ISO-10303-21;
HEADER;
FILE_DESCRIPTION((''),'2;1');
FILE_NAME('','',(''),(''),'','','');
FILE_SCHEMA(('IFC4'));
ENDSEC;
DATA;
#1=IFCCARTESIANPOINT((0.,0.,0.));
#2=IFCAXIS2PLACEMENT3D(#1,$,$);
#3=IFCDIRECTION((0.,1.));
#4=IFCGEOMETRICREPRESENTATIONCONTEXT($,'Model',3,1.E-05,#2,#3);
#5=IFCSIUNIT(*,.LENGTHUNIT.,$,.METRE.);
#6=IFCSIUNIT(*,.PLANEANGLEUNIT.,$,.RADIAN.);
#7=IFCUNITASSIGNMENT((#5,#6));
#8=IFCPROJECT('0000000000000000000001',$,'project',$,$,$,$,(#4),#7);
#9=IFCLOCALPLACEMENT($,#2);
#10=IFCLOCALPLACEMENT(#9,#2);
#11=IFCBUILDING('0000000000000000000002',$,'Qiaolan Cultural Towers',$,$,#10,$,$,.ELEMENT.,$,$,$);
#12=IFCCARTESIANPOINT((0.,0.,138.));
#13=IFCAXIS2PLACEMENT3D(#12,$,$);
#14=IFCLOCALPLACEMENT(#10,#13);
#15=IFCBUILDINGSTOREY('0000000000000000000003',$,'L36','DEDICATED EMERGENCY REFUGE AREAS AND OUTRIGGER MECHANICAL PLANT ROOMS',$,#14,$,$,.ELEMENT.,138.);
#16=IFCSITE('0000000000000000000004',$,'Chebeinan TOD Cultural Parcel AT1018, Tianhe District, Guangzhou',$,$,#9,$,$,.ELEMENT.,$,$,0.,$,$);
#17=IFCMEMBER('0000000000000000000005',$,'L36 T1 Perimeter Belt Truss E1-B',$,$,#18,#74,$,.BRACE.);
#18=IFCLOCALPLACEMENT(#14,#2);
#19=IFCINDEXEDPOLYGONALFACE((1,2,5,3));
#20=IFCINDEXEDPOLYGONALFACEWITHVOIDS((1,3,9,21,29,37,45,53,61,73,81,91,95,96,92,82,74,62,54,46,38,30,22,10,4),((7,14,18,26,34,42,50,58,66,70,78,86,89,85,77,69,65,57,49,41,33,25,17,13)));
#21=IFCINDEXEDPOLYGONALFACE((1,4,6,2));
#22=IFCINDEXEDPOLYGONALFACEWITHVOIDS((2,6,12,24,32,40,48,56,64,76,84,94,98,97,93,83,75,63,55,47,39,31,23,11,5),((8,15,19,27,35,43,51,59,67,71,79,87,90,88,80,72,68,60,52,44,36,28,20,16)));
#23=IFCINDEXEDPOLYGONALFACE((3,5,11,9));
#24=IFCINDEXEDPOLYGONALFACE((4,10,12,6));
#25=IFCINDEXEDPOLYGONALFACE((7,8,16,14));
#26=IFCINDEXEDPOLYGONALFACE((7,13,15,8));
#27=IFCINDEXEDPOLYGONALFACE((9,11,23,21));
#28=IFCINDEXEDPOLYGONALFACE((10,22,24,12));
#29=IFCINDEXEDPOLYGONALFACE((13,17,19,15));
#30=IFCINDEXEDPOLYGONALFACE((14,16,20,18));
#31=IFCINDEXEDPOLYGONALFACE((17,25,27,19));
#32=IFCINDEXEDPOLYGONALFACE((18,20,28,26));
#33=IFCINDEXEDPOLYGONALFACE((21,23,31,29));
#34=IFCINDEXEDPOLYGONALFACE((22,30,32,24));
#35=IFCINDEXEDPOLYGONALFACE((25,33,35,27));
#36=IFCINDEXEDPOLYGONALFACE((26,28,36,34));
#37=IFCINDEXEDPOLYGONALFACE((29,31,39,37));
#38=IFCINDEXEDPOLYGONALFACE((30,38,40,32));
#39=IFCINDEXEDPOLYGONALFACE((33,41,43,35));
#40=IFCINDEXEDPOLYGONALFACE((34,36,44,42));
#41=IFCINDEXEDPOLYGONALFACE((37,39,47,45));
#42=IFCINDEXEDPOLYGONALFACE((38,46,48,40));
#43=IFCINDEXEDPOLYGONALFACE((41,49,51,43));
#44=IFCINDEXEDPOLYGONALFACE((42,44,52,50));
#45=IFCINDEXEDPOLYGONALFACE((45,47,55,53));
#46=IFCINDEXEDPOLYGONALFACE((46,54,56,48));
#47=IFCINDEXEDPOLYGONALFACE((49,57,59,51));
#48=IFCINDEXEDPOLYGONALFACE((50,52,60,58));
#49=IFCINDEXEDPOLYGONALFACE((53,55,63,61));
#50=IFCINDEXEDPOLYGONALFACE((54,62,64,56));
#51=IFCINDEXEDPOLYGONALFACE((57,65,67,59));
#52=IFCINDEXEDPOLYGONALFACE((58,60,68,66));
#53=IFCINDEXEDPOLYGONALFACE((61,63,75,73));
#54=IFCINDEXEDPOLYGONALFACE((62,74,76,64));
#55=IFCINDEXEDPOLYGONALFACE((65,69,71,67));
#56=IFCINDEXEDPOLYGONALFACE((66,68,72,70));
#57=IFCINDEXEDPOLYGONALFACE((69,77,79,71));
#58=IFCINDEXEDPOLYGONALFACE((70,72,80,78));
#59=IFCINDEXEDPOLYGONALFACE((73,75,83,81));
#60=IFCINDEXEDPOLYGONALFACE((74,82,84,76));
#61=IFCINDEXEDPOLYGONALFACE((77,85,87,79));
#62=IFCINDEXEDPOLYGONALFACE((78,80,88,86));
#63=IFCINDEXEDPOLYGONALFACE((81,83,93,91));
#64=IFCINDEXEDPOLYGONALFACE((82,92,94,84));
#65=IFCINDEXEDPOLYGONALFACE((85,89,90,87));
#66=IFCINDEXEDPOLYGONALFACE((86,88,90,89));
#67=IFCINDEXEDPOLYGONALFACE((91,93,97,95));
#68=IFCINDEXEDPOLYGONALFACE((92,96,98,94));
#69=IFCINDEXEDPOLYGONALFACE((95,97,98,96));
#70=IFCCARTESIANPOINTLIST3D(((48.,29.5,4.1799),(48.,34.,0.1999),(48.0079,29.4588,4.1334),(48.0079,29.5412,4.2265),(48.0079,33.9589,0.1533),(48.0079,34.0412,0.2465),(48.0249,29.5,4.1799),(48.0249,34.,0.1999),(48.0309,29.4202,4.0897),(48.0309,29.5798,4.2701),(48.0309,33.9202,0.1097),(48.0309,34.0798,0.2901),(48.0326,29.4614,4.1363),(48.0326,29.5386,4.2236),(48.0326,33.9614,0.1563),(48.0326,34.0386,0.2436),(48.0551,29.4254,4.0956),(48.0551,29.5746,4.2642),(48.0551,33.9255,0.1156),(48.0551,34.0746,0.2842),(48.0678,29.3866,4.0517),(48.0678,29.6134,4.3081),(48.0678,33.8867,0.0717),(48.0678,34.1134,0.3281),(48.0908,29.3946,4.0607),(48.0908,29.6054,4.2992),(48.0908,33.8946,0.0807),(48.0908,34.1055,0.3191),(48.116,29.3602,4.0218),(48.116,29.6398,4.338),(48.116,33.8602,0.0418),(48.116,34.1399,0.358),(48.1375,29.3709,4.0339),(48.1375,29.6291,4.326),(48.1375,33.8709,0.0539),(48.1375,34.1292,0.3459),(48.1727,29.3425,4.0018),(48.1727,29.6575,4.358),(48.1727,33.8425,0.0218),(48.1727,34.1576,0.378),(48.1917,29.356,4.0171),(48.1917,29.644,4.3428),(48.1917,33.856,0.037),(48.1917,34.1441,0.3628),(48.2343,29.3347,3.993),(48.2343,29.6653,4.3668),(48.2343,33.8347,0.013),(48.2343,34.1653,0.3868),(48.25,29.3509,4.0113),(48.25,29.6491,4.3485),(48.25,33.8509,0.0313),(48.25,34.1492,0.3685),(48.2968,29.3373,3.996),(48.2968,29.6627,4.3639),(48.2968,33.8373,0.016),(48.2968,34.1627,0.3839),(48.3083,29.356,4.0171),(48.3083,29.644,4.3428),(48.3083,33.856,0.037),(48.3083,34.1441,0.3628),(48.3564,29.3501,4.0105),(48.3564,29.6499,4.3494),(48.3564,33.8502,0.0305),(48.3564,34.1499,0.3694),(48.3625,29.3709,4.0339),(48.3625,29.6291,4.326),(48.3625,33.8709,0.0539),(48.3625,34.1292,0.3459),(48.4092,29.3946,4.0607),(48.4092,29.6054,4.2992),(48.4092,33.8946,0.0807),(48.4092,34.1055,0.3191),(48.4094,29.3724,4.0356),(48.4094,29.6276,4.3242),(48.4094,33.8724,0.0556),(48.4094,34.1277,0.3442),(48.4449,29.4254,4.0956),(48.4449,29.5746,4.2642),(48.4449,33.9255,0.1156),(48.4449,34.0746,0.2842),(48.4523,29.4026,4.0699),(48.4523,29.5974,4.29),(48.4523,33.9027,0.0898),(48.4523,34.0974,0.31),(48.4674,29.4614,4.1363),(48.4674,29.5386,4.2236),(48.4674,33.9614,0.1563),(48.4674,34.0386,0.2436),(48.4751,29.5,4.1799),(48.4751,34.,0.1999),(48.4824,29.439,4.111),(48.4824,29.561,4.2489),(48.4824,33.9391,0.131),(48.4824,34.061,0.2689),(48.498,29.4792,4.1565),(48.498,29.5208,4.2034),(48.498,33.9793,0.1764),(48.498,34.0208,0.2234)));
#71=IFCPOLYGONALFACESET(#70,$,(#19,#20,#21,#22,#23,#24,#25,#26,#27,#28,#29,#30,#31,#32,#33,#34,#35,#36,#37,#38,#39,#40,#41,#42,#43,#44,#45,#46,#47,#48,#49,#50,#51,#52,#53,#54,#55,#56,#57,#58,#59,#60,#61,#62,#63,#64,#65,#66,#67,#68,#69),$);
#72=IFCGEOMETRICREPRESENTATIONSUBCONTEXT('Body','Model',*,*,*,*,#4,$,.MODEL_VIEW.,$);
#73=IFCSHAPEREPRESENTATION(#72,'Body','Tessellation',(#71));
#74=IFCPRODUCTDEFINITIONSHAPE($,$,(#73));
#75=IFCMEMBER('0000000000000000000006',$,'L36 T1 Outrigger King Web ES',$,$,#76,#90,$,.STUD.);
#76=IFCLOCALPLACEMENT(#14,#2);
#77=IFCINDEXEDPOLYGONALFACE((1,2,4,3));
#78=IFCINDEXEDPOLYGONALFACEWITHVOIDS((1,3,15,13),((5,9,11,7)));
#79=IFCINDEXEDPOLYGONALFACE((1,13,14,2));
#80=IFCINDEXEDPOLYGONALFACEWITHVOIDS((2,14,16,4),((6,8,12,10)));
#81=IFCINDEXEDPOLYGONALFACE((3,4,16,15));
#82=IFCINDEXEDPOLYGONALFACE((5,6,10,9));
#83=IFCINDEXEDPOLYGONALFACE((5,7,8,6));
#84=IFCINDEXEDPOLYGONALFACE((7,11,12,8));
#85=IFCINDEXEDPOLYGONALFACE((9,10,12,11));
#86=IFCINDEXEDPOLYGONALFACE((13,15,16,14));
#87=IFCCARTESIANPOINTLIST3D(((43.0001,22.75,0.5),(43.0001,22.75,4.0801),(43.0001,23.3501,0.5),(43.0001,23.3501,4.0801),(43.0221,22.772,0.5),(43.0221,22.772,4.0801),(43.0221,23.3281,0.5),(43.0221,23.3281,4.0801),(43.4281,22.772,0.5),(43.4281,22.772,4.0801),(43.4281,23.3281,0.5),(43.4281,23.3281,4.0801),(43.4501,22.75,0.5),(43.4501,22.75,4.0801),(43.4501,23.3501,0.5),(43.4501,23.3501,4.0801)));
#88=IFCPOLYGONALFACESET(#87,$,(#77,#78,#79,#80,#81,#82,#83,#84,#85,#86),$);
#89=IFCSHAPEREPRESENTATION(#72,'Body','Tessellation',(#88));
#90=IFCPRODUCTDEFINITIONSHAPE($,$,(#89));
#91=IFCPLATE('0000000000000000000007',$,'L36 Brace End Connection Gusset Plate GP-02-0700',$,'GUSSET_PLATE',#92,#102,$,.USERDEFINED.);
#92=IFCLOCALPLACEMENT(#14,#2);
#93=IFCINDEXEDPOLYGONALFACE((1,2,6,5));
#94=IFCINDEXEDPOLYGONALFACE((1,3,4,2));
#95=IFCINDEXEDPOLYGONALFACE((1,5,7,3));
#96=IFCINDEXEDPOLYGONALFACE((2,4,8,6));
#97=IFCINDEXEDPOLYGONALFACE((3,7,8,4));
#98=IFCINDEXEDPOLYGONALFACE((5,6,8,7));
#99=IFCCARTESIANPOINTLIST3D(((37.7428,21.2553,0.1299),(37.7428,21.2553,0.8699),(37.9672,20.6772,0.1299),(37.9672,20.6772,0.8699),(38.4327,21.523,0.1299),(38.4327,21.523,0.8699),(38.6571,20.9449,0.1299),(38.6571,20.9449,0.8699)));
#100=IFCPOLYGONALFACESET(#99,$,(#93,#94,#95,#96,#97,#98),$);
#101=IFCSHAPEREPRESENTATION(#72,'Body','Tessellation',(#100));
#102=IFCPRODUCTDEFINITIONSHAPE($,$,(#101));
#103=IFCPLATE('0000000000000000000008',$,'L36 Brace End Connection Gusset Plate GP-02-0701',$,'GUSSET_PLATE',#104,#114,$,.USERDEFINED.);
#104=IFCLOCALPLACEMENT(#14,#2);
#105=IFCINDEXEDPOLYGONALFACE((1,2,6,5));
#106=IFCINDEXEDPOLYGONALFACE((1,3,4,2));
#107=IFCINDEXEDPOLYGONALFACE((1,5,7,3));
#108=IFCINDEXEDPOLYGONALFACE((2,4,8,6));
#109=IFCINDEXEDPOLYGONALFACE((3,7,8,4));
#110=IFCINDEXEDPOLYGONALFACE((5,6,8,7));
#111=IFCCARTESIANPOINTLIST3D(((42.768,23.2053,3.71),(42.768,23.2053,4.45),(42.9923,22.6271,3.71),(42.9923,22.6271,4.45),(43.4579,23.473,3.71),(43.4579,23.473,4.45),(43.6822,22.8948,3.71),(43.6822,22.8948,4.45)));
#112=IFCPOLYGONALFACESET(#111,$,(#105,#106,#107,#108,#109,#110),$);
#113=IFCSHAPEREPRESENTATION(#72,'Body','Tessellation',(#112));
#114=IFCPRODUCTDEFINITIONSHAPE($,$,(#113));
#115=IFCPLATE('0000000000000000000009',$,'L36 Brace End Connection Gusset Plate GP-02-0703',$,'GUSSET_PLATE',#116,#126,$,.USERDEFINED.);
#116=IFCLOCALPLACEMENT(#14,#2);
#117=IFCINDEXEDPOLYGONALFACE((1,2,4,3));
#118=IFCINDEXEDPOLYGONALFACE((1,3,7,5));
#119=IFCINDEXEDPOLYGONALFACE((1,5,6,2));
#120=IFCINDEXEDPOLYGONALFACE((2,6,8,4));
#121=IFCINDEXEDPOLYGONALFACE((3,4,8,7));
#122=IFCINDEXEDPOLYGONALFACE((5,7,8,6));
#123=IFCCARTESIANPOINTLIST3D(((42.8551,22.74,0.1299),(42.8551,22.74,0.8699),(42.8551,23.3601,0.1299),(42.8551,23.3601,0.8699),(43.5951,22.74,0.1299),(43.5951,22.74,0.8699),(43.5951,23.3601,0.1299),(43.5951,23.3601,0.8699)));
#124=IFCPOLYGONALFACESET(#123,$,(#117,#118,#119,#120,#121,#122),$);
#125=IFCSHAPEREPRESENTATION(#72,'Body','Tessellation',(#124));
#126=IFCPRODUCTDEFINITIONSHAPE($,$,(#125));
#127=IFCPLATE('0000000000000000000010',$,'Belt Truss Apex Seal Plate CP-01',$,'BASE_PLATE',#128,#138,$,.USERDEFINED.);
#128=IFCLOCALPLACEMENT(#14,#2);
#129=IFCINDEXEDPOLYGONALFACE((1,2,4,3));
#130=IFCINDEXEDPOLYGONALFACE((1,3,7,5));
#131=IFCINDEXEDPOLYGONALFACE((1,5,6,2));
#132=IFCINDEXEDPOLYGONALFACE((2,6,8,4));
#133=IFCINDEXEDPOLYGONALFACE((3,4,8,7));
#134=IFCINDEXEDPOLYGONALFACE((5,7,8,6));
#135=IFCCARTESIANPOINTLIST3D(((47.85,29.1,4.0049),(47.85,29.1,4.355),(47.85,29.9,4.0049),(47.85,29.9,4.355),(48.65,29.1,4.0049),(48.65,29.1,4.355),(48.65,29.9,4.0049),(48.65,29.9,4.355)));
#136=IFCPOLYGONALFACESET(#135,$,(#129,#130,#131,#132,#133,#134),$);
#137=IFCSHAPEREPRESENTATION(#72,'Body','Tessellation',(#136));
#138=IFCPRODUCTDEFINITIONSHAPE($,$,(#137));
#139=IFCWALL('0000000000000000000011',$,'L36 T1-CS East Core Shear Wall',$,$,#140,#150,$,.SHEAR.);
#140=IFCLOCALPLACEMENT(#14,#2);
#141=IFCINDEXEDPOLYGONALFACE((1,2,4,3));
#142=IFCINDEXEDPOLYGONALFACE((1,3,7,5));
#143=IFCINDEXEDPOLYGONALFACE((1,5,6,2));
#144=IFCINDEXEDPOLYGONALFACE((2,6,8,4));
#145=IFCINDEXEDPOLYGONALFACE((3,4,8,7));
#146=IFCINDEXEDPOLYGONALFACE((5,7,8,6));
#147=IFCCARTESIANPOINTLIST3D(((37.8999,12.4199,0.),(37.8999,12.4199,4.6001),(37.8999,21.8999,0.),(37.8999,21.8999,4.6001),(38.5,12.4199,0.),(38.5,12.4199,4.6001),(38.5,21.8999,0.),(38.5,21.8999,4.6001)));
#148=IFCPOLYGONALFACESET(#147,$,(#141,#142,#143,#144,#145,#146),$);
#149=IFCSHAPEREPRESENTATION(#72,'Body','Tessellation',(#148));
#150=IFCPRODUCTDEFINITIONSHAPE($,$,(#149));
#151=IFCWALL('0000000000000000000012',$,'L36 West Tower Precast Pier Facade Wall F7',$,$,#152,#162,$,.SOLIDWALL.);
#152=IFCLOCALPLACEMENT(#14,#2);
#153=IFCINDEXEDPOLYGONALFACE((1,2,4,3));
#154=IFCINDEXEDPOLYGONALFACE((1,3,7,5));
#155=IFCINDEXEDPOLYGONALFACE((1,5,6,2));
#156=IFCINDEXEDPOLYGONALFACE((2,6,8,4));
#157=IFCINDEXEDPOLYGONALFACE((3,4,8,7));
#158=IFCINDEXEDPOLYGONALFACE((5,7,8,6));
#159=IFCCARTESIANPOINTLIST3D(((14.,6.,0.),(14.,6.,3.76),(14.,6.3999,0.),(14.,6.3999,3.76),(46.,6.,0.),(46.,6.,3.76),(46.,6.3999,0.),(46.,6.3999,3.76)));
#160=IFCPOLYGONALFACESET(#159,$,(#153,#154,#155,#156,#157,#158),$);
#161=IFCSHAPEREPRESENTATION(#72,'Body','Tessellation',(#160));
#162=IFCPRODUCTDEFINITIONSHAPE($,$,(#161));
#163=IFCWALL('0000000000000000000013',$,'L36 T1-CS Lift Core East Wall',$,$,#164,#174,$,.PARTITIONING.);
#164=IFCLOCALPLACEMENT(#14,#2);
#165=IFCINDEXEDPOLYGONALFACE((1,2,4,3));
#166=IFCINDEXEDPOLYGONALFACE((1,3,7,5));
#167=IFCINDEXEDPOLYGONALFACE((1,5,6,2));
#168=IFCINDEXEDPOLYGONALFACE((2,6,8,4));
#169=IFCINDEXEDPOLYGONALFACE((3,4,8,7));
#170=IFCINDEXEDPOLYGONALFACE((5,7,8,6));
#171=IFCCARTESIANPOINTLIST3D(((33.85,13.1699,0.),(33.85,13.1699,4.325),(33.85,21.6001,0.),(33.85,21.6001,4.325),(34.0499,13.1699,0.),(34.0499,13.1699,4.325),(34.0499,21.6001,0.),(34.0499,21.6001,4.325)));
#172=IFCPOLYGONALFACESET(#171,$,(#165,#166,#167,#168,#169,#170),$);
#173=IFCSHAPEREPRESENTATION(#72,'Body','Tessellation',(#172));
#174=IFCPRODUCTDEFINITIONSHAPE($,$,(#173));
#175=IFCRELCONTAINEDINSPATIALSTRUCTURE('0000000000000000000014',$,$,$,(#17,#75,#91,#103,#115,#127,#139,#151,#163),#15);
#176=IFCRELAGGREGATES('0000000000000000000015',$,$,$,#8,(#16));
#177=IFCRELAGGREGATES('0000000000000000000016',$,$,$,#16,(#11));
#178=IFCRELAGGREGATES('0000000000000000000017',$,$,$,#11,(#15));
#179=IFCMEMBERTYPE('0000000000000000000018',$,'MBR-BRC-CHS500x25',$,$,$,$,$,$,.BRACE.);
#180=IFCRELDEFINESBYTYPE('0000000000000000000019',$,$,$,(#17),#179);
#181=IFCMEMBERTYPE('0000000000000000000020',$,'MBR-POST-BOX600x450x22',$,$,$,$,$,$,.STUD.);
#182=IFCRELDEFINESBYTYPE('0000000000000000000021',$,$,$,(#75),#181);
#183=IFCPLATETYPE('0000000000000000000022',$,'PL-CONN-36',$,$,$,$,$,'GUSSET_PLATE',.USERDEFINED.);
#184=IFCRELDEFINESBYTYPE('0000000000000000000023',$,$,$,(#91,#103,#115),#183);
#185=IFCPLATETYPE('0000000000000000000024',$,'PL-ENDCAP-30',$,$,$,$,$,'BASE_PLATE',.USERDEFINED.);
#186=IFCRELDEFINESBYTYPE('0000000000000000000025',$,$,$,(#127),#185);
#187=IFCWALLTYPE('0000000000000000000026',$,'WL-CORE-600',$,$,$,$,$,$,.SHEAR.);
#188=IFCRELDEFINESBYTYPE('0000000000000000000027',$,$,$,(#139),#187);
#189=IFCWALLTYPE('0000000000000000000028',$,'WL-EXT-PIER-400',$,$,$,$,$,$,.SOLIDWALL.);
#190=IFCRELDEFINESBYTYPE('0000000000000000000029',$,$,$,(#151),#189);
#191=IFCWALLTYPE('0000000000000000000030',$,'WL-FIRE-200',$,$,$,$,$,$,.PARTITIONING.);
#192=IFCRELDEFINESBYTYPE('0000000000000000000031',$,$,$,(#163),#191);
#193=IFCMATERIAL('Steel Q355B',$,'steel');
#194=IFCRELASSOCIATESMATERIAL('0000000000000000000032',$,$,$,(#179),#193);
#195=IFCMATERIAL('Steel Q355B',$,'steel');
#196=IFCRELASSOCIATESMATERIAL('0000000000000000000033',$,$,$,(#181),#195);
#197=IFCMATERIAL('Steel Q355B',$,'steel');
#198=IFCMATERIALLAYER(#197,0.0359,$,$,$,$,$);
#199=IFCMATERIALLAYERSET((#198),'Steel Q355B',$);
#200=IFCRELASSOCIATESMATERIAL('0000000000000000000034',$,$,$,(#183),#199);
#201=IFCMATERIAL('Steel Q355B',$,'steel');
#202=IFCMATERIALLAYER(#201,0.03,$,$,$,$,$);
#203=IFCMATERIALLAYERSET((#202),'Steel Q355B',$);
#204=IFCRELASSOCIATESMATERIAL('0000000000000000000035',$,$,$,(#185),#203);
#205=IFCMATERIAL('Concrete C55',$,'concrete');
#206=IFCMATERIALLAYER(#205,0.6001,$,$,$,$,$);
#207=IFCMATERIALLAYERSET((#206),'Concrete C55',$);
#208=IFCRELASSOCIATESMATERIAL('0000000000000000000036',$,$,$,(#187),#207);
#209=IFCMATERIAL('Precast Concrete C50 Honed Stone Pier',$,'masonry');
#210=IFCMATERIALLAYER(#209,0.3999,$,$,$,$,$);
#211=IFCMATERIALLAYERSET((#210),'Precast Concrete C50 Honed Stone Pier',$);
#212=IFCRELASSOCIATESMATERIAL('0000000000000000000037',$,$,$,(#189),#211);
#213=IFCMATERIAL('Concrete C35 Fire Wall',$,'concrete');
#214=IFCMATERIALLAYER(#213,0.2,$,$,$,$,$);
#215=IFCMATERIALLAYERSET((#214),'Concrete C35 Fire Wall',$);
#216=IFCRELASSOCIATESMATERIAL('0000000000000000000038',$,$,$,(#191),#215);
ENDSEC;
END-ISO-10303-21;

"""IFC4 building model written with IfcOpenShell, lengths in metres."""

from ifc_helpers import new_model, si_unit, direction, frame, frame_2d, origin, origin_2d, place, context, subcontext, project, spatial, rectangle, hollow_rectangle, hollow_circle, extrude, material, layer, layer_set, material_profile, profile_set, type_object, element, save


model = new_model("IFC4")

# Units and contexts
model_context = context("Model", 3, precision=1e-05, world=origin(), true_north=direction((0.0, 1.0)))
body_context = subcontext(model_context, "Body", "Model", "MODEL_VIEW")
ifc_project = project(units=[si_unit("LENGTHUNIT", "METRE"), si_unit("PLANEANGLEUNIT", "RADIAN")], contexts=[model_context])

# Site, building, storey
site_placement = place(None, origin())
site = spatial("IfcSite", under=ifc_project, at=site_placement, Name="Chebeinan TOD Cultural Parcel AT1018, Tianhe District, Guangzhou", CompositionType="ELEMENT", RefElevation=0.0)
building_placement = place(site_placement, origin())
building = spatial("IfcBuilding", under=site, at=building_placement, Name="Qiaolan Cultural Towers", CompositionType="ELEMENT")
storey_placement = place(building_placement, frame((0.0, 0.0, 138.0)))
storey = spatial("IfcBuildingStorey", under=building, at=storey_placement, Name="L36", Description="DEDICATED EMERGENCY REFUGE AREAS AND OUTRIGGER MECHANICAL PLANT ROOMS", CompositionType="ELEMENT", Elevation=138.0)

# Members
ifc_material_1 = material(Name="Steel Q355B", Category="steel")
ifc_material_profile_1 = material_profile(ifc_material_1, hollow_circle(Radius=0.25, WallThickness=0.0249, at=origin_2d()), Name="CHS500x25")
ifc_profile_set_1 = profile_set([ifc_material_profile_1], Name="Steel Q355B")
member_type_1 = type_object("IfcMemberType", Name="MBR-BRC-CHS500x25", PredefinedType="BRACE", material=ifc_profile_set_1)
for number, where, z_axis, x_axis, name in (
    (1, (48.25, 29.5, 4.1799), (0.0, 0.749062, -0.6625), (-1.0, 0.0, 0.0), "L36 T1 Perimeter Belt Truss E1-B"),
):
    element("IfcMember", number, at=place(storey_placement, frame(where, z_axis=z_axis, x_axis=x_axis)), inside=storey, type_object=member_type_1, Name=name, PredefinedType="BRACE", context=body_context, shape_type="SweptSolid", body=[
        extrude(hollow_circle(Radius=0.25, WallThickness=0.0249, at=origin_2d()), origin(), (0.0, 0.0, 1.0), 6.0076),
    ])
ifc_material_2 = material(Name="Steel Q355B", Category="steel")
ifc_material_profile_2 = material_profile(ifc_material_2, hollow_rectangle(XDim=0.45, YDim=0.6001, WallThickness=0.022, at=origin_2d()), Name="BOX600x450x22")
ifc_profile_set_2 = profile_set([ifc_material_profile_2], Name="Steel Q355B")
member_type_2 = type_object("IfcMemberType", Name="MBR-POST-BOX600x450x22", PredefinedType="STUD", material=ifc_profile_set_2)
member_placement = place(storey_placement, frame((43.2251, 23.05, 0.5), z_axis=(0.0, 0.0, 1.0), x_axis=(1.0, 0.0, 0.0)))
element("IfcMember", 2, at=member_placement, inside=storey, type_object=member_type_2, Name="L36 T1 Outrigger King Web ES", PredefinedType="STUD", context=body_context, shape_type="SweptSolid", body=[
    extrude(hollow_rectangle(XDim=0.45, YDim=0.6001, WallThickness=0.022, at=origin_2d()), origin(), (0.0, 0.0, 1.0), 3.5801),
])

# Plates
ifc_material_3 = material(Name="Steel Q355B", Category="steel")
ifc_layer_1 = layer(ifc_material_3, 0.0359)
ifc_layer_set_1 = layer_set([ifc_layer_1], Name="Steel Q355B")
plate_type_1 = type_object("IfcPlateType", Name="PL-CONN-36", ElementType="GUSSET_PLATE", PredefinedType="USERDEFINED", material=ifc_layer_set_1)
for number, where, z_axis, x_axis, name in (
    (3, (38.2, 21.1001, 0.1299), (0.0, 0.0, 1.0), (0.932266, 0.361775, 0.0), "L36 Brace End Connection Gusset Plate GP-02-0700"),
    (4, (43.2251, 23.05, 3.71), (0.0, 0.0, 1.0), (0.932266, 0.361775, 0.0), "L36 Brace End Connection Gusset Plate GP-02-0701"),
    (5, (43.2251, 23.05, 0.1299), (0.0, 0.0, 1.0), (1.0, 0.0, 0.0), "L36 Brace End Connection Gusset Plate GP-02-0703"),
):
    element("IfcPlate", number, at=place(storey_placement, frame(where, z_axis=z_axis, x_axis=x_axis)), inside=storey, type_object=plate_type_1, Name=name, ObjectType="GUSSET_PLATE", PredefinedType="USERDEFINED", context=body_context, shape_type="SweptSolid", body=[
        extrude(rectangle(XDim=0.74, YDim=0.6201, at=origin_2d()), origin(), (0.0, 0.0, 1.0), 0.74),
    ])
ifc_material_4 = material(Name="Steel Q355B", Category="steel")
ifc_layer_2 = layer(ifc_material_4, 0.03)
ifc_layer_set_2 = layer_set([ifc_layer_2], Name="Steel Q355B")
plate_type_2 = type_object("IfcPlateType", Name="PL-ENDCAP-30", ElementType="BASE_PLATE", PredefinedType="USERDEFINED", material=ifc_layer_set_2)
plate_placement = place(storey_placement, frame((48.25, 29.5, 4.0049), z_axis=(0.0, 0.0, 1.0), x_axis=(1.0, 0.0, 0.0)))
element("IfcPlate", 6, at=plate_placement, inside=storey, type_object=plate_type_2, Name="Belt Truss Apex Seal Plate CP-01", ObjectType="BASE_PLATE", PredefinedType="USERDEFINED", context=body_context, shape_type="SweptSolid", body=[
    extrude(rectangle(XDim=0.8, YDim=0.8, at=origin_2d()), origin(), (0.0, 0.0, 1.0), 0.3501),
])

# Walls
ifc_material_5 = material(Name="Concrete C55", Category="concrete")
ifc_layer_3 = layer(ifc_material_5, 0.6001)
ifc_layer_set_3 = layer_set([ifc_layer_3], Name="Concrete C55")
wall_type_1 = type_object("IfcWallType", Name="WL-CORE-600", PredefinedType="SHEAR", material=ifc_layer_set_3)
wall_1_placement = place(storey_placement, frame((38.2, 21.8999, 0.0), z_axis=(0.0, 0.0, 1.0), x_axis=(0.0, -1.0, 0.0)))
element("IfcWall", 7, at=wall_1_placement, inside=storey, type_object=wall_type_1, Name="L36 T1-CS East Core Shear Wall", PredefinedType="SHEAR", context=body_context, shape_type="SweptSolid", body=[
    extrude(rectangle(XDim=9.48, YDim=0.6001, at=frame_2d((4.74, 0.0))), origin(), (0.0, 0.0, 1.0), 4.6001),
])
ifc_material_6 = material(Name="Precast Concrete C50 Honed Stone Pier", Category="masonry")
ifc_layer_4 = layer(ifc_material_6, 0.3999)
ifc_layer_set_4 = layer_set([ifc_layer_4], Name="Precast Concrete C50 Honed Stone Pier")
wall_type_2 = type_object("IfcWallType", Name="WL-EXT-PIER-400", PredefinedType="SOLIDWALL", material=ifc_layer_set_4)
wall_2_placement = place(storey_placement, frame((46.0, 6.2, 0.0), z_axis=(0.0, 0.0, 1.0), x_axis=(-1.0, 0.0, 0.0)))
element("IfcWall", 8, at=wall_2_placement, inside=storey, type_object=wall_type_2, Name="L36 West Tower Precast Pier Facade Wall F7", PredefinedType="SOLIDWALL", context=body_context, shape_type="SweptSolid", body=[
    extrude(rectangle(XDim=32.0, YDim=0.3999, at=frame_2d((16.0, 0.0))), origin(), (0.0, 0.0, 1.0), 3.76),
])
ifc_material_7 = material(Name="Concrete C35 Fire Wall", Category="concrete")
ifc_layer_5 = layer(ifc_material_7, 0.2)
ifc_layer_set_5 = layer_set([ifc_layer_5], Name="Concrete C35 Fire Wall")
wall_type_3 = type_object("IfcWallType", Name="WL-FIRE-200", PredefinedType="PARTITIONING", material=ifc_layer_set_5)
wall_3_placement = place(storey_placement, frame((33.95, 21.6001, 0.0), z_axis=(0.0, 0.0, 1.0), x_axis=(0.0, -1.0, 0.0)))
element("IfcWall", 9, at=wall_3_placement, inside=storey, type_object=wall_type_3, Name="L36 T1-CS Lift Core East Wall", PredefinedType="PARTITIONING", context=body_context, shape_type="SweptSolid", body=[
    extrude(rectangle(XDim=8.4302, YDim=0.2, at=frame_2d((4.2151, 0.0))), origin(), (0.0, 0.0, 1.0), 4.325),
])

save(model, "model.ifc")
